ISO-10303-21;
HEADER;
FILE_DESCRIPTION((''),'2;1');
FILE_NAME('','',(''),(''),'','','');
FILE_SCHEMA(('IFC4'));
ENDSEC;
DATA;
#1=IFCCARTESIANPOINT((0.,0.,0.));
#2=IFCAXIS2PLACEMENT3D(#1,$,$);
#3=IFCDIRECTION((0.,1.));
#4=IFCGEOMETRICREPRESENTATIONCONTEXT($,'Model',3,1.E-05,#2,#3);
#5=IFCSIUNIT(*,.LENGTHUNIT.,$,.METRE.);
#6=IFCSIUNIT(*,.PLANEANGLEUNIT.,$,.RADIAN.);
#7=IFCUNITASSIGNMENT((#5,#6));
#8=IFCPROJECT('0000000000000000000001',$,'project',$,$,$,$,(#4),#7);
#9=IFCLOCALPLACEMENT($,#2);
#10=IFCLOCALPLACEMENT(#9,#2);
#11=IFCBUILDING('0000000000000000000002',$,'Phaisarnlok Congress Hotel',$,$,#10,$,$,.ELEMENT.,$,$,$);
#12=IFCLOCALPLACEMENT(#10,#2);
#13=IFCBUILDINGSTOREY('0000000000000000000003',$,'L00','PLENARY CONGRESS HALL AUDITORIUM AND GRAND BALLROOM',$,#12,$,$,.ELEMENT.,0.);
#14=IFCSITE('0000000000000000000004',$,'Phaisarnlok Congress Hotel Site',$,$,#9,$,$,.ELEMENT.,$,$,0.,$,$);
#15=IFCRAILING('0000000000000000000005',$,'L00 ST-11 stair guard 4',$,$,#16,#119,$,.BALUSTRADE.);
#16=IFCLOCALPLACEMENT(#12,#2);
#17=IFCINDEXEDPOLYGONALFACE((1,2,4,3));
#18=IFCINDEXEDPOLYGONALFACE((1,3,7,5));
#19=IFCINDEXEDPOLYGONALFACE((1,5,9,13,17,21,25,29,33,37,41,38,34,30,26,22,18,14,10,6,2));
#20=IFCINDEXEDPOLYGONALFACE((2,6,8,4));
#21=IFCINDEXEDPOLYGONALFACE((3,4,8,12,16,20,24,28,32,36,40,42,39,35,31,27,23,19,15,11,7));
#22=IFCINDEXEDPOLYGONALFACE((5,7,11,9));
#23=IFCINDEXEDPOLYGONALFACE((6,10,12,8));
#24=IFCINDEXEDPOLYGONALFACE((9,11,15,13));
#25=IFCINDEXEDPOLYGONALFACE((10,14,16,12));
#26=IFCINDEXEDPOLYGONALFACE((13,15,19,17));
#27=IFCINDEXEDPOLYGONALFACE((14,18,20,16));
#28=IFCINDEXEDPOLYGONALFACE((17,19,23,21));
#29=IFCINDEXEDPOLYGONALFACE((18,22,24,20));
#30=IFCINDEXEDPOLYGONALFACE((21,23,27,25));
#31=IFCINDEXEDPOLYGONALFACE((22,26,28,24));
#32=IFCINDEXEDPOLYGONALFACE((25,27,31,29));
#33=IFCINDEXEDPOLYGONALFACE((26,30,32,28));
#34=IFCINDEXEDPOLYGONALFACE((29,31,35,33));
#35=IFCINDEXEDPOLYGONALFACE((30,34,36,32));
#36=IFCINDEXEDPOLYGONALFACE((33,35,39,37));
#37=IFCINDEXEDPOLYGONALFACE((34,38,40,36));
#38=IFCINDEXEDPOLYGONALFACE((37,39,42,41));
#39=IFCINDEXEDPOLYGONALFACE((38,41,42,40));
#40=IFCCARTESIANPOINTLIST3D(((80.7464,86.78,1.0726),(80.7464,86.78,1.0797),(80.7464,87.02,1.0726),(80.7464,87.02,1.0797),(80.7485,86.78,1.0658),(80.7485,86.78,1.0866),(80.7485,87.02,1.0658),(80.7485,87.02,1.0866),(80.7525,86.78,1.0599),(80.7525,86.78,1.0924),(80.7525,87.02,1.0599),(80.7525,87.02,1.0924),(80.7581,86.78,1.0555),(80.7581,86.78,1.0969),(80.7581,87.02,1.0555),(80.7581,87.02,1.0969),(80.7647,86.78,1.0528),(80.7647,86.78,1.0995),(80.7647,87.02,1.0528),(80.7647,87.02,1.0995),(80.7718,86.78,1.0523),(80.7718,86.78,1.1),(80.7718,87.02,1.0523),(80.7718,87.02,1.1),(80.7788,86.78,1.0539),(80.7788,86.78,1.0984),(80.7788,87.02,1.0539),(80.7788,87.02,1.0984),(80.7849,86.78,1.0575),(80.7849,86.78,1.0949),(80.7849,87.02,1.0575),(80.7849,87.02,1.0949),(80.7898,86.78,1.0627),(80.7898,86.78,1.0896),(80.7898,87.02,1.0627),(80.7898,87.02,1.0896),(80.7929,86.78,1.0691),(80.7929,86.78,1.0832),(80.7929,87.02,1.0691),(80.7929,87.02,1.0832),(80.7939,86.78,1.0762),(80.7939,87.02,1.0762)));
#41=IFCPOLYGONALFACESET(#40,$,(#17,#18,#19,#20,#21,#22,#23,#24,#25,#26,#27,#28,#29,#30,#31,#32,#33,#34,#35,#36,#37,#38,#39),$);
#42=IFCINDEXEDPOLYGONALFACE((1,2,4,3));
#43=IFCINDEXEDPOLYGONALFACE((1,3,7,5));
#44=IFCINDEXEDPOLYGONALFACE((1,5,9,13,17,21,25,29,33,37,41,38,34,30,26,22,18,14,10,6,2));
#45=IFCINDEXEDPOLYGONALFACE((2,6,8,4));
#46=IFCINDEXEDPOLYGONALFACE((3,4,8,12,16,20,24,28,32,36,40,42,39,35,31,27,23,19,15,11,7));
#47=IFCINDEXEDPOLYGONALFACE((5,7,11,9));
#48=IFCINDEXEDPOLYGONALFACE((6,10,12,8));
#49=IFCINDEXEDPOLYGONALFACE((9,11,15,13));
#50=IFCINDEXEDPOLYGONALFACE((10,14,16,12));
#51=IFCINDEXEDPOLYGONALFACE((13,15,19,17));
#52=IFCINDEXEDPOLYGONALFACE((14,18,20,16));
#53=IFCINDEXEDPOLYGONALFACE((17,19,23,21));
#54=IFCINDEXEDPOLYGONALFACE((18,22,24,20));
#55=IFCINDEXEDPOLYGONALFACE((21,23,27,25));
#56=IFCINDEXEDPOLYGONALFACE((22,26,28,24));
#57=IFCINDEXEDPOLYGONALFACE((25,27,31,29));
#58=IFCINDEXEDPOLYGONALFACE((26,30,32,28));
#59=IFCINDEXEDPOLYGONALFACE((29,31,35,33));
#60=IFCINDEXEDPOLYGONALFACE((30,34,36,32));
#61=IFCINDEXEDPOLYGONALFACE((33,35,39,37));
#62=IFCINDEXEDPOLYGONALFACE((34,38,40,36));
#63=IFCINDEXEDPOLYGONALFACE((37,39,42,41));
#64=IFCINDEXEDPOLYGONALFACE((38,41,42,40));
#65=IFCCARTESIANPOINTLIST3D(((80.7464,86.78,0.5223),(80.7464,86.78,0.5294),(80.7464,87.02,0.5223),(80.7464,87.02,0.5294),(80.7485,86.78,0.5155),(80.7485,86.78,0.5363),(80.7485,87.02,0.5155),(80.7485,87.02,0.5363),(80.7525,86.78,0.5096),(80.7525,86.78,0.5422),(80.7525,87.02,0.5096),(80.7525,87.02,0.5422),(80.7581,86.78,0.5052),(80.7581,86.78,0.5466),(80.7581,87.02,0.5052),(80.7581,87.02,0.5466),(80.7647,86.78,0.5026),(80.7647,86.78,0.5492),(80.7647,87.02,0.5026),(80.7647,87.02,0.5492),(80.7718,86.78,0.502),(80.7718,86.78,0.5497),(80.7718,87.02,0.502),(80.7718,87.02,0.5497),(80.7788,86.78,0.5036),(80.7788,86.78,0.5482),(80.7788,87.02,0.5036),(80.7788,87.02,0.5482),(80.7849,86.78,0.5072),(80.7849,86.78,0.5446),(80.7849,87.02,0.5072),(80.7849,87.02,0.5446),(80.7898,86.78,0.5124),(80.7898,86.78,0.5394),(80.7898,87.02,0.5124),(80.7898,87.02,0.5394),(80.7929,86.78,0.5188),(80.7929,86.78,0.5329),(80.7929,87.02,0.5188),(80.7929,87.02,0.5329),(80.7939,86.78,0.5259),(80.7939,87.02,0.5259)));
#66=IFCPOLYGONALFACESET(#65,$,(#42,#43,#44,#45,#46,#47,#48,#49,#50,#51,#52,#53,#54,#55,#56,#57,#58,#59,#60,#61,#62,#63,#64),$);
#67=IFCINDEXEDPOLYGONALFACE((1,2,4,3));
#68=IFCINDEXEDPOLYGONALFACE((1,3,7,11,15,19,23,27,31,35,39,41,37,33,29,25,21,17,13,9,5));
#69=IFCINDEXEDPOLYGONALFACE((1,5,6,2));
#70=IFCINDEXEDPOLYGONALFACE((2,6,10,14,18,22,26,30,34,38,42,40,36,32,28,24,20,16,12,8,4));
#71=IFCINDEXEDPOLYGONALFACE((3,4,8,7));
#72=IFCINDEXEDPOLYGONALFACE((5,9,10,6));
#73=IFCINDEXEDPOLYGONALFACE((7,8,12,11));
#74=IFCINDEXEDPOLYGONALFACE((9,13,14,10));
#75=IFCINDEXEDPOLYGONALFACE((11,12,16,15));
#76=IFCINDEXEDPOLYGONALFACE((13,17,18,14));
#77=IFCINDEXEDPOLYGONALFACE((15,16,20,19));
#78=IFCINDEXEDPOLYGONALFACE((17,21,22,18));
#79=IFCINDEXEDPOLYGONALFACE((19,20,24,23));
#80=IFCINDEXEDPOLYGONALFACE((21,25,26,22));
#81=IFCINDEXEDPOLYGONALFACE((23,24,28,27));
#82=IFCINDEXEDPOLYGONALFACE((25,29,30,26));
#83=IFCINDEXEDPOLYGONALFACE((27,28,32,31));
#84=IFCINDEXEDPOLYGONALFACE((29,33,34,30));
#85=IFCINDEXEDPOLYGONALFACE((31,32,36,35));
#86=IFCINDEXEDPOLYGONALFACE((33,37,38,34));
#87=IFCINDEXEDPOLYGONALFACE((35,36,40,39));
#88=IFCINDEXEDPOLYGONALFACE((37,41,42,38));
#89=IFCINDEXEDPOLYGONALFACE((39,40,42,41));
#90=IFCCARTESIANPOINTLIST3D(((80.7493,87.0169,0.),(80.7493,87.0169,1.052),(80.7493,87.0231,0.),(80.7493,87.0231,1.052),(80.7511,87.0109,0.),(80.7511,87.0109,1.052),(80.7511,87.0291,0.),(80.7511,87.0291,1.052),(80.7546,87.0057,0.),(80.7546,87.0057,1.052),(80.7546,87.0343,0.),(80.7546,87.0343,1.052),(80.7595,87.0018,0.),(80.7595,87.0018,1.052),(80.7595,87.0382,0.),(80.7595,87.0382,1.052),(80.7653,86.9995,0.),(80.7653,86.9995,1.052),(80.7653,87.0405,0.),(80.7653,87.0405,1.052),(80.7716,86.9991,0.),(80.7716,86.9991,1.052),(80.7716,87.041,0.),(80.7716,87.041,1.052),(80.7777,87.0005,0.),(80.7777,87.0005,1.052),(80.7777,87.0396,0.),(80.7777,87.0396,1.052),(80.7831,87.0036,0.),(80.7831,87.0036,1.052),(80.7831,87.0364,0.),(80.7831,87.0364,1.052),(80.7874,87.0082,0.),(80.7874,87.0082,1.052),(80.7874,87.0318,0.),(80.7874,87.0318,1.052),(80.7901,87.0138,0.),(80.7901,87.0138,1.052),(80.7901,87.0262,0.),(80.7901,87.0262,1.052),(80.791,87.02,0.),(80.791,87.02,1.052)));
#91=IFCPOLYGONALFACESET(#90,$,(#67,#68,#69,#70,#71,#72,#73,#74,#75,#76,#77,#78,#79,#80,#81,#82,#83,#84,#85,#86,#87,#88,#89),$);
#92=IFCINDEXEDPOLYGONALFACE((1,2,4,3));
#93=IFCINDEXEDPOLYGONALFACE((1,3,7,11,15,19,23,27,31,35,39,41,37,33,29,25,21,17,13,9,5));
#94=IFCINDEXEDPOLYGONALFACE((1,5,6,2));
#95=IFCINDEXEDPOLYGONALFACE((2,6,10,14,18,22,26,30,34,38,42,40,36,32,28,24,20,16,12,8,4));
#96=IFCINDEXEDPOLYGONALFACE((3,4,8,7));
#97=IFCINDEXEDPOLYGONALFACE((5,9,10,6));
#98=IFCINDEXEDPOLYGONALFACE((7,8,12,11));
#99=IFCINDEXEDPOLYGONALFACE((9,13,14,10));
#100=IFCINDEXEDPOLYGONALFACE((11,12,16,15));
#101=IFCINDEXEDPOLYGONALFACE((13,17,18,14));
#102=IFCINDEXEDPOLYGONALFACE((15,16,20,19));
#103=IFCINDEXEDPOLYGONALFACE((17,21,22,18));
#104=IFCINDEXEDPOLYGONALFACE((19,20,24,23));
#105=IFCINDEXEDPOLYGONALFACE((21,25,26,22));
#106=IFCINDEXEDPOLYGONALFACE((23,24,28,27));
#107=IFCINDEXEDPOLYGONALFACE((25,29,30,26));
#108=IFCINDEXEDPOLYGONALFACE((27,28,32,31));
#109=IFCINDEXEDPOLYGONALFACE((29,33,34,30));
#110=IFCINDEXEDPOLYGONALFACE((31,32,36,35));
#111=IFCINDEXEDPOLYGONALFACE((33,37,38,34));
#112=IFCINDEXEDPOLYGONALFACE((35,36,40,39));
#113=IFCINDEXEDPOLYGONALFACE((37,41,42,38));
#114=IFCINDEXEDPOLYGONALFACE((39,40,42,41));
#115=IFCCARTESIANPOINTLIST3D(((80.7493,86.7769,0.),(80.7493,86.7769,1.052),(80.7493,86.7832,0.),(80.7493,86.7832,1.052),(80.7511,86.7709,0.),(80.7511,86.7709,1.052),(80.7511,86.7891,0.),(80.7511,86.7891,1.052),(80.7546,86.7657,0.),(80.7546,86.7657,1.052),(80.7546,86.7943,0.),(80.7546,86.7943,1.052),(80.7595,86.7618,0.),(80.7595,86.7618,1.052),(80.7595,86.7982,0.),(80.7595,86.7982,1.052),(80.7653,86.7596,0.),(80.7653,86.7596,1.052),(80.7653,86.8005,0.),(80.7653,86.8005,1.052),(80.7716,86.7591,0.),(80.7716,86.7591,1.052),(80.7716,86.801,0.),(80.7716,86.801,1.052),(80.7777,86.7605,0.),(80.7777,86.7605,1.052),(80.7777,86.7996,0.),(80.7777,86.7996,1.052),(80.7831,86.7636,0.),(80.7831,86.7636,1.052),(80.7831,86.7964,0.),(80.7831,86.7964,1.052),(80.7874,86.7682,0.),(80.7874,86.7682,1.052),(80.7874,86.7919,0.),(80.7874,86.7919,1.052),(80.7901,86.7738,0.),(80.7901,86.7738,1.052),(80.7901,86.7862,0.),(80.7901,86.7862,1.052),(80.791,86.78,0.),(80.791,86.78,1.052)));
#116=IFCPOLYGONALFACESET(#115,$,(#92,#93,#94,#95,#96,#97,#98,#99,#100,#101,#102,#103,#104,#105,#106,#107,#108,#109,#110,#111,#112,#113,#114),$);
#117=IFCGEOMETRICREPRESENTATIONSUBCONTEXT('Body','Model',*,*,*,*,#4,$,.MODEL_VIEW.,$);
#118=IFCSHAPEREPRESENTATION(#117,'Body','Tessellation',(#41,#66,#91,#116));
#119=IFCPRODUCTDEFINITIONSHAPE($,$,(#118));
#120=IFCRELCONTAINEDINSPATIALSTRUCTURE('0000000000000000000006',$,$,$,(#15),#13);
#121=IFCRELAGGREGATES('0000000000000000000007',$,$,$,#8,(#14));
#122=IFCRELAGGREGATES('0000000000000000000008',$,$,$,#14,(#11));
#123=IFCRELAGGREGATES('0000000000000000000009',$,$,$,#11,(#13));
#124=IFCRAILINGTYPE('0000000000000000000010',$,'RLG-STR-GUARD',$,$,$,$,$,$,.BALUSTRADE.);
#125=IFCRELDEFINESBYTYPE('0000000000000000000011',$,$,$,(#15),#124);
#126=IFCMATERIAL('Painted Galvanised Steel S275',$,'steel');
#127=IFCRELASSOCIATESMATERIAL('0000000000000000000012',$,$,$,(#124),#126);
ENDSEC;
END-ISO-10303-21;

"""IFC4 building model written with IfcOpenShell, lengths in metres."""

from ifc_helpers import new_model, si_unit, direction, frame, origin, origin_2d, place, context, subcontext, project, spatial, circle, extrude, material, type_object, element, save


model = new_model("IFC4")

# Units and contexts
model_context = context("Model", 3, precision=1e-05, world=origin(), true_north=direction((0.0, 1.0)))
body_context = subcontext(model_context, "Body", "Model", "MODEL_VIEW")
ifc_project = project(units=[si_unit("LENGTHUNIT", "METRE"), si_unit("PLANEANGLEUNIT", "RADIAN")], contexts=[model_context])

# Site, building, storey
site_placement = place(None, origin())
site = spatial("IfcSite", under=ifc_project, at=site_placement, Name="Phaisarnlok Congress Hotel Site", CompositionType="ELEMENT", RefElevation=0.0)
building_placement = place(site_placement, origin())
building = spatial("IfcBuilding", under=site, at=building_placement, Name="Phaisarnlok Congress Hotel", CompositionType="ELEMENT")
storey_placement = place(building_placement, origin())
storey = spatial("IfcBuildingStorey", under=building, at=storey_placement, Name="L00", Description="PLENARY CONGRESS HALL AUDITORIUM AND GRAND BALLROOM", CompositionType="ELEMENT", Elevation=0.0)

# Railing
ifc_material_1 = material(Name="Painted Galvanised Steel S275", Category="steel")
railing_type_1 = type_object("IfcRailingType", Name="RLG-STR-GUARD", PredefinedType="BALUSTRADE", material=ifc_material_1)
railing_1_placement = place(storey_placement, frame((80.77, 87.02, 0.0)))
element("IfcRailing", 1, at=railing_1_placement, inside=storey, type_object=railing_type_1, Name="L00 ST-11 stair guard 4", PredefinedType="BALUSTRADE", context=body_context, shape_type="SweptSolid", body=[
    extrude(circle(Radius=0.0239, at=origin_2d()), frame((0.0, 0.0, 1.0762), z_axis=(0.0, -1.0, 0.0), x_axis=(1.0, 0.0, 0.0)), (0.0, 0.0, 1.0), 0.24),
    extrude(circle(Radius=0.0239, at=origin_2d()), frame((0.0, 0.0, 0.5259), z_axis=(0.0, -1.0, 0.0), x_axis=(1.0, 0.0, 0.0)), (0.0, 0.0, 1.0), 0.24),
    extrude(circle(Radius=0.021, at=origin_2d()), origin(), (0.0, 0.0, 1.0), 1.052),
    extrude(circle(Radius=0.021, at=origin_2d()), frame((0.0, -0.24, 0.0)), (0.0, 0.0, 1.0), 1.052),
])

save(model, "model.ifc")
